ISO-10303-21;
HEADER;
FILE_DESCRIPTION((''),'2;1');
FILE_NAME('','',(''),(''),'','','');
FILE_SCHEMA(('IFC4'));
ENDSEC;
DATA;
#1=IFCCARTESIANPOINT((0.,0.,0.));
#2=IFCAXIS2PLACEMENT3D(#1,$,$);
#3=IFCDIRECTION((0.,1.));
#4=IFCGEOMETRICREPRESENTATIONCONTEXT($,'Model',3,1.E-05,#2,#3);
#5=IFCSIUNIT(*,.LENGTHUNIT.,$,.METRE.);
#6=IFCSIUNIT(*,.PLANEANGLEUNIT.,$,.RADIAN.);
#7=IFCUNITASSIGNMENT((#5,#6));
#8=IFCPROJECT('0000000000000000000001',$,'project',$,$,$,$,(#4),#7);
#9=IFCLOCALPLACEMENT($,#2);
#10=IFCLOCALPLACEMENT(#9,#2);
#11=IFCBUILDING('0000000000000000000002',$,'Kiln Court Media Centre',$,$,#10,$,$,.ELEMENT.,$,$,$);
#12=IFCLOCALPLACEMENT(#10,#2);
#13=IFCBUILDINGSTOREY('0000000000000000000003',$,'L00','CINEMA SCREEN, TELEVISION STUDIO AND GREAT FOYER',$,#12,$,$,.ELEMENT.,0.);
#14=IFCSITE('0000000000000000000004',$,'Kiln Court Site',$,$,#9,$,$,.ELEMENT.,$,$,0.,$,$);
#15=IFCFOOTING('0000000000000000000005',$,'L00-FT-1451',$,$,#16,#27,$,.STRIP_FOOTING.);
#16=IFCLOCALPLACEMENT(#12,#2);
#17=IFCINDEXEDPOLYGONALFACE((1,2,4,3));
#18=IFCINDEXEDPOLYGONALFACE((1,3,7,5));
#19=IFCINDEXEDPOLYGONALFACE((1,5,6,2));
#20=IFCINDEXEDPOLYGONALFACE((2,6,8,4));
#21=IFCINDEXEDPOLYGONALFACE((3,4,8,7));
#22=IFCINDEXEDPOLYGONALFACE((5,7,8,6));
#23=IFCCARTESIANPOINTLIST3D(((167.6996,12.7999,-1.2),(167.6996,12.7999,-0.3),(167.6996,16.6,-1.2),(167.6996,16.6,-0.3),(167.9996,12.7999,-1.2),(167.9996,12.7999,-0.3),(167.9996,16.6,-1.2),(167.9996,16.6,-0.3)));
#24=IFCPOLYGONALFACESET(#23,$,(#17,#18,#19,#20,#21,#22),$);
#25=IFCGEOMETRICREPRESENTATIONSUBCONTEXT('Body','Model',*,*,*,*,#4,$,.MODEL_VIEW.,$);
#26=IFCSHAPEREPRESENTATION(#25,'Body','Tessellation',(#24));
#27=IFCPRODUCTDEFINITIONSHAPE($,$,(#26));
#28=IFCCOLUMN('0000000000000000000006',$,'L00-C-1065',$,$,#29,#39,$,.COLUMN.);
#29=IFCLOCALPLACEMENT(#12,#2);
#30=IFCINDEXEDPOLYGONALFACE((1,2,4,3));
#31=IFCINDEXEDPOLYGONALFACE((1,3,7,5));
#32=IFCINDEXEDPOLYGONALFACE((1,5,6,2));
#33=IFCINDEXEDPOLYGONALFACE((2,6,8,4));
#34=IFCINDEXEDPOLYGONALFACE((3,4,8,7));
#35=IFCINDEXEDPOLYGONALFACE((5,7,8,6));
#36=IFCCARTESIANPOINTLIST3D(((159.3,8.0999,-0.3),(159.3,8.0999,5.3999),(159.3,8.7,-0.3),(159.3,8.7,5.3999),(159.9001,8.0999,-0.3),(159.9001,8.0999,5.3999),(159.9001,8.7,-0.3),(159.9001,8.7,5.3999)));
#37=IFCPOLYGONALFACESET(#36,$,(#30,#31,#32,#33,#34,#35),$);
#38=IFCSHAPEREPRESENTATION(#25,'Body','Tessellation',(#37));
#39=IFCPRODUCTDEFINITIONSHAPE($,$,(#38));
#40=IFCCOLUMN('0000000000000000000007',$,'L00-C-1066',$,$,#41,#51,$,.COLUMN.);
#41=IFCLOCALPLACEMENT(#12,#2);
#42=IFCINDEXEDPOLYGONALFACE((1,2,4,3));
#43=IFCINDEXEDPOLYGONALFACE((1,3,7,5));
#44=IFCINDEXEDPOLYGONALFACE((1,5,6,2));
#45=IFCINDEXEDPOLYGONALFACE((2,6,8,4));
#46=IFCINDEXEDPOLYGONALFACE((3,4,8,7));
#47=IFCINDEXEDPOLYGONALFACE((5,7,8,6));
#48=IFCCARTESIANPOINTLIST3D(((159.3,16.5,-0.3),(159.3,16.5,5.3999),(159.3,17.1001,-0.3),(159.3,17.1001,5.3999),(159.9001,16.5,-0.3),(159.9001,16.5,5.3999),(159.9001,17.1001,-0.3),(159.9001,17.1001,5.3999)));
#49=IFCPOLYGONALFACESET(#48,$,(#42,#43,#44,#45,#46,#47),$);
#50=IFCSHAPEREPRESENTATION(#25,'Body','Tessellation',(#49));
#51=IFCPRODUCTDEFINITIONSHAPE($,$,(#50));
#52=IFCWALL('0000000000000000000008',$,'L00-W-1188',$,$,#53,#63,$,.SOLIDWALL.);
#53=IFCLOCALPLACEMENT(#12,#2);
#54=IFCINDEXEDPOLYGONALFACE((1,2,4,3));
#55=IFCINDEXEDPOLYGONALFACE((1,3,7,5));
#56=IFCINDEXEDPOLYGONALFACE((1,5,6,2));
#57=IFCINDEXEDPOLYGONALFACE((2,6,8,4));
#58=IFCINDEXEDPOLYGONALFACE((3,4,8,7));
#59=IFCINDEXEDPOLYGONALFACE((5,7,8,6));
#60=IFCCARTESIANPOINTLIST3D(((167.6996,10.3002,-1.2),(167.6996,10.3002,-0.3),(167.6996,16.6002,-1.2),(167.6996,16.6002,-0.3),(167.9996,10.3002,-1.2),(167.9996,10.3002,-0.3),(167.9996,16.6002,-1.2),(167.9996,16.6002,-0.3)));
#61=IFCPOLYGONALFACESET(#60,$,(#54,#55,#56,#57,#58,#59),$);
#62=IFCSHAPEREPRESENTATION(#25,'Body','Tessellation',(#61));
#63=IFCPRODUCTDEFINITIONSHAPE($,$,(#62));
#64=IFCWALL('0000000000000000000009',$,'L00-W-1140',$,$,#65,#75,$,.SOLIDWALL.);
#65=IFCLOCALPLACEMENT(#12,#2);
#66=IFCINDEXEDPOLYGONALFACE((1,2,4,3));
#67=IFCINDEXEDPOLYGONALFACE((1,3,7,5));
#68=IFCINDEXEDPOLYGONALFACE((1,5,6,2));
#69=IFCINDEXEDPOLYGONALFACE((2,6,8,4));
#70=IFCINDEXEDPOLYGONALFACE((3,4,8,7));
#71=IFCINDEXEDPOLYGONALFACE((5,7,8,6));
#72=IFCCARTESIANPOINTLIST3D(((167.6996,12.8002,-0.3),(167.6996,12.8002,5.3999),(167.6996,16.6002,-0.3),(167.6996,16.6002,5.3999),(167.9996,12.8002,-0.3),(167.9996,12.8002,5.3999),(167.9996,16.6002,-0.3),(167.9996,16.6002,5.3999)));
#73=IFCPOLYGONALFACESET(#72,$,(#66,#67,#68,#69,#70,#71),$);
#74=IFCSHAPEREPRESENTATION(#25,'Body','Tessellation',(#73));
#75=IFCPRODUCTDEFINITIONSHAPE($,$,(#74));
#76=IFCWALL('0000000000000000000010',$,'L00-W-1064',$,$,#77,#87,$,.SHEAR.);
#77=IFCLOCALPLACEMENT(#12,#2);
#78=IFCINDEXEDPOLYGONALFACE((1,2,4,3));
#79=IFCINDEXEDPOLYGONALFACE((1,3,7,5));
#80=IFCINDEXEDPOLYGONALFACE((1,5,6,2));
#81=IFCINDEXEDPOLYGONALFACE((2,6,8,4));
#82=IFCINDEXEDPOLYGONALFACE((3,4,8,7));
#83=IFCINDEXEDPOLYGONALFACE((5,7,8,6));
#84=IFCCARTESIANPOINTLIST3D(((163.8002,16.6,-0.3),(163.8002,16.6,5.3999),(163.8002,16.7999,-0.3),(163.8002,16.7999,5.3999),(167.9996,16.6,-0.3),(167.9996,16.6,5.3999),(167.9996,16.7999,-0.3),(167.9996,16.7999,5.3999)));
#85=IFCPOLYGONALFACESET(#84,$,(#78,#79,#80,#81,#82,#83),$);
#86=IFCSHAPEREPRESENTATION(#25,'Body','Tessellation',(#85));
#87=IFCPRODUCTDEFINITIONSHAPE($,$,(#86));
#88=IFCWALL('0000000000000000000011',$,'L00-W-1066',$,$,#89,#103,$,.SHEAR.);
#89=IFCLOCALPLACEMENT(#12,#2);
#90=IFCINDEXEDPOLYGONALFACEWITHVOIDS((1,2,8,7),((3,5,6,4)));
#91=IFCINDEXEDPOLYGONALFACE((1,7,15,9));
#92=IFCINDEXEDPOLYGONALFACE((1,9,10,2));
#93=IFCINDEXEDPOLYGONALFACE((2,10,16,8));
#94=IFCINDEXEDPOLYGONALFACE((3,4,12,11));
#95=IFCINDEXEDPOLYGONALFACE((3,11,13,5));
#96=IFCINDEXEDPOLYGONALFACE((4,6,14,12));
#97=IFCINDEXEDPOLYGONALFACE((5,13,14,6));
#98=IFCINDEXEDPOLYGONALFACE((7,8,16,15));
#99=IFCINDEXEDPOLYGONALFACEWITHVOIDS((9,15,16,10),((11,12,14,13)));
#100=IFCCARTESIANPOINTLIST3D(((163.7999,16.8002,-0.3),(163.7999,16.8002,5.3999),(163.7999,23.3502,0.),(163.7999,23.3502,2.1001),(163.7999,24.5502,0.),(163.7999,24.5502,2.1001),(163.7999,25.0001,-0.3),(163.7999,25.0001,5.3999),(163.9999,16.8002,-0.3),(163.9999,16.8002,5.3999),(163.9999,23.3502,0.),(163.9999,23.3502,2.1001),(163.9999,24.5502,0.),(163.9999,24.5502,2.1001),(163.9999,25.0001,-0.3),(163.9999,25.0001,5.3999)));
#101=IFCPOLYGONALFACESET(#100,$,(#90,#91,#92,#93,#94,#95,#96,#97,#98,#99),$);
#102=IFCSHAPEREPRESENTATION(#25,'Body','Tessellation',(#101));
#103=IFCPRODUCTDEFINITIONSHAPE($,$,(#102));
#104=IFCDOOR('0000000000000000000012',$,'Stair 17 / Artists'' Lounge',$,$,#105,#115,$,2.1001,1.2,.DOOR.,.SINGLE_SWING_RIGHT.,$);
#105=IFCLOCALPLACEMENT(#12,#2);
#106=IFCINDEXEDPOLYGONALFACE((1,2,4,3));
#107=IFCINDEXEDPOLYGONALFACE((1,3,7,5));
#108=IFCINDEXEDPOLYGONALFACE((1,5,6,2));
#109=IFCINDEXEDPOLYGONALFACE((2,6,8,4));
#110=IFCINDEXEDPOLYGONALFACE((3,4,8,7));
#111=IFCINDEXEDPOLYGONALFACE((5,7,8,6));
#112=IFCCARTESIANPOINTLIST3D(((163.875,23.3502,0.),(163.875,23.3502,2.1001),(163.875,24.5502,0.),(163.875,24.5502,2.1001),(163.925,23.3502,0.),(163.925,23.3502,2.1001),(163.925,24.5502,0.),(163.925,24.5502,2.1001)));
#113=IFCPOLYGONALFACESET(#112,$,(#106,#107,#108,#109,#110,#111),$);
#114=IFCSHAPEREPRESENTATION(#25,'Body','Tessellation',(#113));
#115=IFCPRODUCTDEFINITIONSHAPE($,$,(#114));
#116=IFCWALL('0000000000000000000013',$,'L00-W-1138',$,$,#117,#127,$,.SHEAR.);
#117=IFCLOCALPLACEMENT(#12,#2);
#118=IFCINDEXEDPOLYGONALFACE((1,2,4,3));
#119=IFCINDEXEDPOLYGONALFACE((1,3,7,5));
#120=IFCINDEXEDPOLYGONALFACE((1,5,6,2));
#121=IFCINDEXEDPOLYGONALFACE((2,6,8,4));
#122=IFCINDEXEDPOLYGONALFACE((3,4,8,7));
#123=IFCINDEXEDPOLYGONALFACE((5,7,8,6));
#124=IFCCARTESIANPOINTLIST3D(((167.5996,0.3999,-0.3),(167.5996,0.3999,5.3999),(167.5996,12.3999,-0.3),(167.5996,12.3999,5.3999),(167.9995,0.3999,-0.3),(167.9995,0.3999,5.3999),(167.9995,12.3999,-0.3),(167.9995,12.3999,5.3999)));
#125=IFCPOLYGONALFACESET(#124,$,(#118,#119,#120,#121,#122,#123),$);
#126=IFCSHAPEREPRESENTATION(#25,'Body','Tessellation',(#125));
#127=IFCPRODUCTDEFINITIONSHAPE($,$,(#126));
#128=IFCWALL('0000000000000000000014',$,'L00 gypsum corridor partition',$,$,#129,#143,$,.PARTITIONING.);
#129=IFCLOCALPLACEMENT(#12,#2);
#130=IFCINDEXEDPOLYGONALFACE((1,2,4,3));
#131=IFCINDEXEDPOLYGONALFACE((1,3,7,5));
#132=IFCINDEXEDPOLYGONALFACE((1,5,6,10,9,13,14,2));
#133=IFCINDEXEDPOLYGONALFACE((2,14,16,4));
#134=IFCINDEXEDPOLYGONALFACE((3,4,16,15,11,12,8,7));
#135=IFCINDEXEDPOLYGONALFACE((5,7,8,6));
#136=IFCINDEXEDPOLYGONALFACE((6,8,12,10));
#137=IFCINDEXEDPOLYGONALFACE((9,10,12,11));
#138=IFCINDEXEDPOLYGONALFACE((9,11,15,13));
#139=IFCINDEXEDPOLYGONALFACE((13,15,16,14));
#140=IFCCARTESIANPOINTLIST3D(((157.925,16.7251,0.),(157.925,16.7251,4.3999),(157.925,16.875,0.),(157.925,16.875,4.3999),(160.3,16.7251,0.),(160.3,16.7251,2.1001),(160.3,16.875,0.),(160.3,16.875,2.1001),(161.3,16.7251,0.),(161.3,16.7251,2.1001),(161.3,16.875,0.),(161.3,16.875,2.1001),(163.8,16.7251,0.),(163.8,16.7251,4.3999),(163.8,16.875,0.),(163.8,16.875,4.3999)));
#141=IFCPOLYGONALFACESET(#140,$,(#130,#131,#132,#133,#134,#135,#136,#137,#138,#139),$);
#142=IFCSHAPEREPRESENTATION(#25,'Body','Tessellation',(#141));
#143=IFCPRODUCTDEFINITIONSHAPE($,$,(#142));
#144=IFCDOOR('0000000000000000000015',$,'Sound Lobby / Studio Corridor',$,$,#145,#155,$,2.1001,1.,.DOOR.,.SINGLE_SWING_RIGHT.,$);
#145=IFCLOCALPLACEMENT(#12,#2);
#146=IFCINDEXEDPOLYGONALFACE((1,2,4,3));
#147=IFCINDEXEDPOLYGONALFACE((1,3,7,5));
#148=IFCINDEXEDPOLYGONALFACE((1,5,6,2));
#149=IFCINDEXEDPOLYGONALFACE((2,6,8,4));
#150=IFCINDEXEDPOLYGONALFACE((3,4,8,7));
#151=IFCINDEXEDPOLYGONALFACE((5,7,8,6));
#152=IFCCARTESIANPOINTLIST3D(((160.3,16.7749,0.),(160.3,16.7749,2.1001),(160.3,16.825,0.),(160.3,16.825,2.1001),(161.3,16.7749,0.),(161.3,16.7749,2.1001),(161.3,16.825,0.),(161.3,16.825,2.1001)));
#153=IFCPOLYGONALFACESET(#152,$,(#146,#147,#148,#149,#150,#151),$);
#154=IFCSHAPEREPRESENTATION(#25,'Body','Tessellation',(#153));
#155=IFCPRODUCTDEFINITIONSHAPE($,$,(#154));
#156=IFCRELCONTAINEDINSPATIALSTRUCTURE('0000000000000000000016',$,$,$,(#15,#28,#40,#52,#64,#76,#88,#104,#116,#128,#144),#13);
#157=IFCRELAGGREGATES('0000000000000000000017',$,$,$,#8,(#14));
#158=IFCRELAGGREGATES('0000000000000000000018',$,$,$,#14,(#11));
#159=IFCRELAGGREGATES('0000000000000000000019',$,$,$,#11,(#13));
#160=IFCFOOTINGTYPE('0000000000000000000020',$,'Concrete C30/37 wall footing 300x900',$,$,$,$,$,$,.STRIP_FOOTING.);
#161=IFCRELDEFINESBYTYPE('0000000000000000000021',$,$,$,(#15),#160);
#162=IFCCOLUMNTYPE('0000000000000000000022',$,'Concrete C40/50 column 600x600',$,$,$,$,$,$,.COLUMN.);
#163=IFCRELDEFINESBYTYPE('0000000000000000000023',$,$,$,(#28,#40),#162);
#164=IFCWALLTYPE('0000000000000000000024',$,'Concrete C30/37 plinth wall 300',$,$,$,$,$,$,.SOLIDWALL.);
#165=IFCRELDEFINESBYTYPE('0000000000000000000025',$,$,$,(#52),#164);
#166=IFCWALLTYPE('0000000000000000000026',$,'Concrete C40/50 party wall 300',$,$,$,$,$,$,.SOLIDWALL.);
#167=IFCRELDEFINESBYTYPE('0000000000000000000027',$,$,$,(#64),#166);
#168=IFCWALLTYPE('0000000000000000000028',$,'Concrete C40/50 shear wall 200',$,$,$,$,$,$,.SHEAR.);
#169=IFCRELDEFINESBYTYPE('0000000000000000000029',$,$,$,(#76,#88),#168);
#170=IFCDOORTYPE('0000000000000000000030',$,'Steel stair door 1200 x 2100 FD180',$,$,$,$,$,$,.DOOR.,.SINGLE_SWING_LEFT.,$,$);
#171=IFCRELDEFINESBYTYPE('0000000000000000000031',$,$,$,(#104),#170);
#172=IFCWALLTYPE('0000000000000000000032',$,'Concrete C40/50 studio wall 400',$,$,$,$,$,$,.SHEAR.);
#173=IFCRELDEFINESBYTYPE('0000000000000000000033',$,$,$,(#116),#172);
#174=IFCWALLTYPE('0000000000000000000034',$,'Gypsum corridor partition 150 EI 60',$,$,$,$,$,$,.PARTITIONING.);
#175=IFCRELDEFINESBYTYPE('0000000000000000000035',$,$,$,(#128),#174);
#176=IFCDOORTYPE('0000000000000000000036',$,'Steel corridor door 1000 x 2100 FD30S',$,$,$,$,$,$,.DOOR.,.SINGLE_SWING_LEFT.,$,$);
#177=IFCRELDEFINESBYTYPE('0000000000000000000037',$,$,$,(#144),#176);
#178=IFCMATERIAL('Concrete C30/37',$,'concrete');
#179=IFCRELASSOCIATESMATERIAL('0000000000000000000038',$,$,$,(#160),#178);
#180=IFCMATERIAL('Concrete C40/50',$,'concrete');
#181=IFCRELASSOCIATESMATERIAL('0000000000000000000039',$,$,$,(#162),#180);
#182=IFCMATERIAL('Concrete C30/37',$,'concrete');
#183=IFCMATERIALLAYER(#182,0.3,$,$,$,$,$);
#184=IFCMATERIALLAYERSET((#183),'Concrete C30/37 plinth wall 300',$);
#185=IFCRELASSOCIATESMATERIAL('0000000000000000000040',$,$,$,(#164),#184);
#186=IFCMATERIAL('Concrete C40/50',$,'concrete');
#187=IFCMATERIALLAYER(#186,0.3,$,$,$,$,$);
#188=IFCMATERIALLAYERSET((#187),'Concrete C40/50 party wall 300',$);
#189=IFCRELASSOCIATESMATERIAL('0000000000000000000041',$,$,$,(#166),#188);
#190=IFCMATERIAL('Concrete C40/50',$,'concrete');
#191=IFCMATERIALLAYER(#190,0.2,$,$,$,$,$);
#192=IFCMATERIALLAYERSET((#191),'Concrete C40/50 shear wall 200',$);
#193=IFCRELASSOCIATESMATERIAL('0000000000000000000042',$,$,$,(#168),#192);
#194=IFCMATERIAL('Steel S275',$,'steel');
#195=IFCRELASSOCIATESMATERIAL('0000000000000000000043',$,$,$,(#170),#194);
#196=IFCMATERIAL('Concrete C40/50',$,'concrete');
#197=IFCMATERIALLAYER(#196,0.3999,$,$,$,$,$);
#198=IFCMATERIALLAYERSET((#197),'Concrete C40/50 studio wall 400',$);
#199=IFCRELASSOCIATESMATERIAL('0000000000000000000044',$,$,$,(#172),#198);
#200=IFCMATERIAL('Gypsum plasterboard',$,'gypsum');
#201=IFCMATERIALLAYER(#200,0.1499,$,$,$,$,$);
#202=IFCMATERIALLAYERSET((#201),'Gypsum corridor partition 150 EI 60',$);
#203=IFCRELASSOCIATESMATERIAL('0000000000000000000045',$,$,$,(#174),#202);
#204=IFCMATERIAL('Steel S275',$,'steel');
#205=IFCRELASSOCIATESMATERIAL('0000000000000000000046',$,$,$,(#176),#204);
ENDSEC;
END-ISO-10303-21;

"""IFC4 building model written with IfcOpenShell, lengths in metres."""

from ifc_helpers import new_model, si_unit, direction, frame, frame_2d, origin, origin_2d, place, context, subcontext, project, spatial, rectangle, extrude, material, layer, layer_set, material_profile, profile_set, type_object, element, fill, save


model = new_model("IFC4")

# Units and contexts
model_context = context("Model", 3, precision=1e-05, world=origin(), true_north=direction((0.0, 1.0)))
body_context = subcontext(model_context, "Body", "Model", "MODEL_VIEW")
ifc_project = project(units=[si_unit("LENGTHUNIT", "METRE"), si_unit("PLANEANGLEUNIT", "RADIAN")], contexts=[model_context])

# Site, building, storey
site_placement = place(None, origin())
site = spatial("IfcSite", under=ifc_project, at=site_placement, Name="Kiln Court Site", CompositionType="ELEMENT", RefElevation=0.0)
building_placement = place(site_placement, origin())
building = spatial("IfcBuilding", under=site, at=building_placement, Name="Kiln Court Media Centre", CompositionType="ELEMENT")
storey_placement = place(building_placement, origin())
storey = spatial("IfcBuildingStorey", under=building, at=storey_placement, Name="L00", Description="CINEMA SCREEN, TELEVISION STUDIO AND GREAT FOYER", CompositionType="ELEMENT", Elevation=0.0)

# Footing
ifc_material_1 = material(Name="Concrete C30/37", Category="concrete")
footing_type_1 = type_object("IfcFootingType", Name="Concrete C30/37 wall footing 300x900", PredefinedType="STRIP_FOOTING", material=ifc_material_1)
footing_1_placement = place(storey_placement, frame((167.8496, 14.7, -1.2), z_axis=(0.0, 0.0, 1.0), x_axis=(1.0, 0.0, 0.0)))
element("IfcFooting", 1, at=footing_1_placement, inside=storey, type_object=footing_type_1, Name="L00-FT-1451", PredefinedType="STRIP_FOOTING", context=body_context, shape_type="SweptSolid", body=[
    extrude(rectangle(XDim=0.3, YDim=3.8, at=origin_2d()), origin(), (0.0, 0.0, 1.0), 0.8999),
])

# Columns
ifc_material_2 = material(Name="Concrete C40/50", Category="concrete")
ifc_material_profile_1 = material_profile(ifc_material_2, rectangle(XDim=0.6001, YDim=0.6001, at=origin_2d()), Name="RC 600x600")
ifc_profile_set_1 = profile_set([ifc_material_profile_1], Name="Concrete C40/50")
column_type = type_object("IfcColumnType", Name="Concrete C40/50 column 600x600", PredefinedType="COLUMN", material=ifc_profile_set_1)
for number, where, z_axis, x_axis, name in (
    (2, (159.6001, 8.3999, -0.3), (0.0, 0.0, 1.0), (1.0, 0.0, 0.0), "L00-C-1065"),
    (3, (159.6001, 16.8, -0.3), (0.0, 0.0, 1.0), (1.0, 0.0, 0.0), "L00-C-1066"),
):
    element("IfcColumn", number, at=place(storey_placement, frame(where, z_axis=z_axis, x_axis=x_axis)), inside=storey, type_object=column_type, Name=name, PredefinedType="COLUMN", context=body_context, shape_type="SweptSolid", body=[
        extrude(rectangle(XDim=0.6001, YDim=0.6001, at=origin_2d()), origin(), (0.0, 0.0, 1.0), 5.7),
    ])

# Walls
ifc_material_3 = material(Name="Concrete C30/37", Category="concrete")
ifc_layer_1 = layer(ifc_material_3, 0.3)
ifc_layer_set_1 = layer_set([ifc_layer_1], Name="Concrete C30/37 plinth wall 300")
wall_type_1 = type_object("IfcWallType", Name="Concrete C30/37 plinth wall 300", PredefinedType="SOLIDWALL", material=ifc_layer_set_1)
wall_1_placement = place(storey_placement, frame((167.8496, 16.6001, -1.2), z_axis=(0.0, 0.0, 1.0), x_axis=(0.0, -1.0, 0.0)))
element("IfcWall", 4, at=wall_1_placement, inside=storey, type_object=wall_type_1, Name="L00-W-1188", PredefinedType="SOLIDWALL", context=body_context, shape_type="SweptSolid", body=[
    extrude(rectangle(XDim=6.3, YDim=0.3, at=frame_2d((3.1499, 0.0))), origin(), (0.0, 0.0, 1.0), 0.8999),
])
ifc_material_4 = material(Name="Concrete C40/50", Category="concrete")
ifc_layer_2 = layer(ifc_material_4, 0.3)
ifc_layer_set_2 = layer_set([ifc_layer_2], Name="Concrete C40/50 party wall 300")
wall_type_2 = type_object("IfcWallType", Name="Concrete C40/50 party wall 300", PredefinedType="SOLIDWALL", material=ifc_layer_set_2)
wall_2_placement = place(storey_placement, frame((167.8496, 16.6001, -0.3), z_axis=(0.0, 0.0, 1.0), x_axis=(0.0, -1.0, 0.0)))
element("IfcWall", 5, at=wall_2_placement, inside=storey, type_object=wall_type_2, Name="L00-W-1140", PredefinedType="SOLIDWALL", context=body_context, shape_type="SweptSolid", body=[
    extrude(rectangle(XDim=3.8, YDim=0.3, at=frame_2d((1.8999, 0.0))), origin(), (0.0, 0.0, 1.0), 5.7),
])
ifc_material_5 = material(Name="Concrete C40/50", Category="concrete")
ifc_layer_3 = layer(ifc_material_5, 0.2)
ifc_layer_set_3 = layer_set([ifc_layer_3], Name="Concrete C40/50 shear wall 200")
wall_type_3 = type_object("IfcWallType", Name="Concrete C40/50 shear wall 200", PredefinedType="SHEAR", material=ifc_layer_set_3)
wall_3_placement = place(storey_placement, frame((167.9995, 16.7, -0.3), z_axis=(0.0, 0.0, 1.0), x_axis=(-1.0, 0.0, 0.0)))
element("IfcWall", 6, at=wall_3_placement, inside=storey, type_object=wall_type_3, Name="L00-W-1064", PredefinedType="SHEAR", context=body_context, shape_type="SweptSolid", body=[
    extrude(rectangle(XDim=4.1995, YDim=0.2, at=frame_2d((2.0996, 0.0))), origin(), (0.0, 0.0, 1.0), 5.7),
])

# Wall, opening, door
wall_4_placement = place(storey_placement, frame((163.8999, 16.8, -0.3), z_axis=(0.0, 0.0, 1.0), x_axis=(0.0, 1.0, 0.0)))
wall_4 = element("IfcWall", 7, at=wall_4_placement, inside=storey, type_object=wall_type_3, Name="L00-W-1066", PredefinedType="SHEAR", context=body_context, shape_type="SweptSolid", body=[
    extrude(rectangle(XDim=8.2, YDim=0.2, at=frame_2d((4.1001, 0.0))), origin(), (0.0, 0.0, 1.0), 5.7),
])
opening_1_placement = place(wall_4_placement, frame((6.55, 0.0, 0.3)))
opening_1 = element("IfcOpeningElement", 8, at=opening_1_placement, cuts=wall_4, PredefinedType="OPENING", context=body_context, shape_type="SweptSolid", body=[
    extrude(rectangle(XDim=1.2, YDim=2.1001, at=frame_2d((0.6001, 1.05))), frame((0.0, 0.1099, 0.0), z_axis=(0.0, -1.0, 0.0), x_axis=(1.0, 0.0, 0.0)), (0.0, 0.0, 1.0), 0.22),
])
ifc_material_6 = material(Name="Steel S275", Category="steel")
door_type_1 = type_object("IfcDoorType", Name="Steel stair door 1200 x 2100 FD180", OperationType="SINGLE_SWING_LEFT", PredefinedType="DOOR", material=ifc_material_6)
door_1_placement = place(opening_1_placement, origin())
door_1 = element("IfcDoor", 9, at=door_1_placement, inside=storey, type_object=door_type_1, Name="Stair 17 / Artists' Lounge", OperationType="SINGLE_SWING_RIGHT", OverallHeight=2.1001, OverallWidth=1.2, PredefinedType="DOOR", context=body_context, shape_type="SweptSolid", body=[
    extrude(rectangle(XDim=1.2, YDim=2.1001, at=frame_2d((0.6001, 1.05))), frame((0.0, 0.0249, 0.0), z_axis=(0.0, -1.0, 0.0), x_axis=(1.0, 0.0, 0.0)), (0.0, 0.0, 1.0), 0.05),
])
fill(opening_1, door_1)

# Wall
ifc_material_7 = material(Name="Concrete C40/50", Category="concrete")
ifc_layer_4 = layer(ifc_material_7, 0.3999)
ifc_layer_set_4 = layer_set([ifc_layer_4], Name="Concrete C40/50 studio wall 400")
wall_type_4 = type_object("IfcWallType", Name="Concrete C40/50 studio wall 400", PredefinedType="SHEAR", material=ifc_layer_set_4)
wall_5_placement = place(storey_placement, frame((167.7996, 12.3999, -0.3), z_axis=(0.0, 0.0, 1.0), x_axis=(0.0, -1.0, 0.0)))
element("IfcWall", 10, at=wall_5_placement, inside=storey, type_object=wall_type_4, Name="L00-W-1138", PredefinedType="SHEAR", context=body_context, shape_type="SweptSolid", body=[
    extrude(rectangle(XDim=12.0, YDim=0.3999, at=frame_2d((6.0, 0.0))), origin(), (0.0, 0.0, 1.0), 5.7),
])

# Wall, opening, door
ifc_material_8 = material(Name="Gypsum plasterboard", Category="gypsum")
ifc_layer_5 = layer(ifc_material_8, 0.1499)
ifc_layer_set_5 = layer_set([ifc_layer_5], Name="Gypsum corridor partition 150 EI 60")
wall_type_5 = type_object("IfcWallType", Name="Gypsum corridor partition 150 EI 60", PredefinedType="PARTITIONING", material=ifc_layer_set_5)
wall_6_placement = place(storey_placement, frame((157.925, 16.8, 0.0), z_axis=(0.0, 0.0, 1.0), x_axis=(1.0, 0.0, 0.0)))
wall_6 = element("IfcWall", 11, at=wall_6_placement, inside=storey, type_object=wall_type_5, Name="L00 gypsum corridor partition", PredefinedType="PARTITIONING", context=body_context, shape_type="SweptSolid", body=[
    extrude(rectangle(XDim=5.875, YDim=0.1499, at=frame_2d((2.9375, 0.0))), origin(), (0.0, 0.0, 1.0), 4.3999),
])
opening_2_placement = place(wall_6_placement, frame((2.375, 0.0, 0.0)))
opening_2 = element("IfcOpeningElement", 12, at=opening_2_placement, cuts=wall_6, PredefinedType="OPENING", context=body_context, shape_type="SweptSolid", body=[
    extrude(rectangle(XDim=1.0, YDim=2.1001, at=frame_2d((0.5, 1.05))), frame((0.0, 0.085, 0.0), z_axis=(0.0, -1.0, 0.0), x_axis=(1.0, 0.0, 0.0)), (0.0, 0.0, 1.0), 0.1699),
])
ifc_material_9 = material(Name="Steel S275", Category="steel")
door_type_2 = type_object("IfcDoorType", Name="Steel corridor door 1000 x 2100 FD30S", OperationType="SINGLE_SWING_LEFT", PredefinedType="DOOR", material=ifc_material_9)
door_2_placement = place(opening_2_placement, origin())
door_2 = element("IfcDoor", 13, at=door_2_placement, inside=storey, type_object=door_type_2, Name="Sound Lobby / Studio Corridor", OperationType="SINGLE_SWING_RIGHT", OverallHeight=2.1001, OverallWidth=1.0, PredefinedType="DOOR", context=body_context, shape_type="SweptSolid", body=[
    extrude(rectangle(XDim=1.0, YDim=2.1001, at=frame_2d((0.5, 1.05))), frame((0.0, 0.0249, 0.0), z_axis=(0.0, -1.0, 0.0), x_axis=(1.0, 0.0, 0.0)), (0.0, 0.0, 1.0), 0.05),
])
fill(opening_2, door_2)

save(model, "model.ifc")
